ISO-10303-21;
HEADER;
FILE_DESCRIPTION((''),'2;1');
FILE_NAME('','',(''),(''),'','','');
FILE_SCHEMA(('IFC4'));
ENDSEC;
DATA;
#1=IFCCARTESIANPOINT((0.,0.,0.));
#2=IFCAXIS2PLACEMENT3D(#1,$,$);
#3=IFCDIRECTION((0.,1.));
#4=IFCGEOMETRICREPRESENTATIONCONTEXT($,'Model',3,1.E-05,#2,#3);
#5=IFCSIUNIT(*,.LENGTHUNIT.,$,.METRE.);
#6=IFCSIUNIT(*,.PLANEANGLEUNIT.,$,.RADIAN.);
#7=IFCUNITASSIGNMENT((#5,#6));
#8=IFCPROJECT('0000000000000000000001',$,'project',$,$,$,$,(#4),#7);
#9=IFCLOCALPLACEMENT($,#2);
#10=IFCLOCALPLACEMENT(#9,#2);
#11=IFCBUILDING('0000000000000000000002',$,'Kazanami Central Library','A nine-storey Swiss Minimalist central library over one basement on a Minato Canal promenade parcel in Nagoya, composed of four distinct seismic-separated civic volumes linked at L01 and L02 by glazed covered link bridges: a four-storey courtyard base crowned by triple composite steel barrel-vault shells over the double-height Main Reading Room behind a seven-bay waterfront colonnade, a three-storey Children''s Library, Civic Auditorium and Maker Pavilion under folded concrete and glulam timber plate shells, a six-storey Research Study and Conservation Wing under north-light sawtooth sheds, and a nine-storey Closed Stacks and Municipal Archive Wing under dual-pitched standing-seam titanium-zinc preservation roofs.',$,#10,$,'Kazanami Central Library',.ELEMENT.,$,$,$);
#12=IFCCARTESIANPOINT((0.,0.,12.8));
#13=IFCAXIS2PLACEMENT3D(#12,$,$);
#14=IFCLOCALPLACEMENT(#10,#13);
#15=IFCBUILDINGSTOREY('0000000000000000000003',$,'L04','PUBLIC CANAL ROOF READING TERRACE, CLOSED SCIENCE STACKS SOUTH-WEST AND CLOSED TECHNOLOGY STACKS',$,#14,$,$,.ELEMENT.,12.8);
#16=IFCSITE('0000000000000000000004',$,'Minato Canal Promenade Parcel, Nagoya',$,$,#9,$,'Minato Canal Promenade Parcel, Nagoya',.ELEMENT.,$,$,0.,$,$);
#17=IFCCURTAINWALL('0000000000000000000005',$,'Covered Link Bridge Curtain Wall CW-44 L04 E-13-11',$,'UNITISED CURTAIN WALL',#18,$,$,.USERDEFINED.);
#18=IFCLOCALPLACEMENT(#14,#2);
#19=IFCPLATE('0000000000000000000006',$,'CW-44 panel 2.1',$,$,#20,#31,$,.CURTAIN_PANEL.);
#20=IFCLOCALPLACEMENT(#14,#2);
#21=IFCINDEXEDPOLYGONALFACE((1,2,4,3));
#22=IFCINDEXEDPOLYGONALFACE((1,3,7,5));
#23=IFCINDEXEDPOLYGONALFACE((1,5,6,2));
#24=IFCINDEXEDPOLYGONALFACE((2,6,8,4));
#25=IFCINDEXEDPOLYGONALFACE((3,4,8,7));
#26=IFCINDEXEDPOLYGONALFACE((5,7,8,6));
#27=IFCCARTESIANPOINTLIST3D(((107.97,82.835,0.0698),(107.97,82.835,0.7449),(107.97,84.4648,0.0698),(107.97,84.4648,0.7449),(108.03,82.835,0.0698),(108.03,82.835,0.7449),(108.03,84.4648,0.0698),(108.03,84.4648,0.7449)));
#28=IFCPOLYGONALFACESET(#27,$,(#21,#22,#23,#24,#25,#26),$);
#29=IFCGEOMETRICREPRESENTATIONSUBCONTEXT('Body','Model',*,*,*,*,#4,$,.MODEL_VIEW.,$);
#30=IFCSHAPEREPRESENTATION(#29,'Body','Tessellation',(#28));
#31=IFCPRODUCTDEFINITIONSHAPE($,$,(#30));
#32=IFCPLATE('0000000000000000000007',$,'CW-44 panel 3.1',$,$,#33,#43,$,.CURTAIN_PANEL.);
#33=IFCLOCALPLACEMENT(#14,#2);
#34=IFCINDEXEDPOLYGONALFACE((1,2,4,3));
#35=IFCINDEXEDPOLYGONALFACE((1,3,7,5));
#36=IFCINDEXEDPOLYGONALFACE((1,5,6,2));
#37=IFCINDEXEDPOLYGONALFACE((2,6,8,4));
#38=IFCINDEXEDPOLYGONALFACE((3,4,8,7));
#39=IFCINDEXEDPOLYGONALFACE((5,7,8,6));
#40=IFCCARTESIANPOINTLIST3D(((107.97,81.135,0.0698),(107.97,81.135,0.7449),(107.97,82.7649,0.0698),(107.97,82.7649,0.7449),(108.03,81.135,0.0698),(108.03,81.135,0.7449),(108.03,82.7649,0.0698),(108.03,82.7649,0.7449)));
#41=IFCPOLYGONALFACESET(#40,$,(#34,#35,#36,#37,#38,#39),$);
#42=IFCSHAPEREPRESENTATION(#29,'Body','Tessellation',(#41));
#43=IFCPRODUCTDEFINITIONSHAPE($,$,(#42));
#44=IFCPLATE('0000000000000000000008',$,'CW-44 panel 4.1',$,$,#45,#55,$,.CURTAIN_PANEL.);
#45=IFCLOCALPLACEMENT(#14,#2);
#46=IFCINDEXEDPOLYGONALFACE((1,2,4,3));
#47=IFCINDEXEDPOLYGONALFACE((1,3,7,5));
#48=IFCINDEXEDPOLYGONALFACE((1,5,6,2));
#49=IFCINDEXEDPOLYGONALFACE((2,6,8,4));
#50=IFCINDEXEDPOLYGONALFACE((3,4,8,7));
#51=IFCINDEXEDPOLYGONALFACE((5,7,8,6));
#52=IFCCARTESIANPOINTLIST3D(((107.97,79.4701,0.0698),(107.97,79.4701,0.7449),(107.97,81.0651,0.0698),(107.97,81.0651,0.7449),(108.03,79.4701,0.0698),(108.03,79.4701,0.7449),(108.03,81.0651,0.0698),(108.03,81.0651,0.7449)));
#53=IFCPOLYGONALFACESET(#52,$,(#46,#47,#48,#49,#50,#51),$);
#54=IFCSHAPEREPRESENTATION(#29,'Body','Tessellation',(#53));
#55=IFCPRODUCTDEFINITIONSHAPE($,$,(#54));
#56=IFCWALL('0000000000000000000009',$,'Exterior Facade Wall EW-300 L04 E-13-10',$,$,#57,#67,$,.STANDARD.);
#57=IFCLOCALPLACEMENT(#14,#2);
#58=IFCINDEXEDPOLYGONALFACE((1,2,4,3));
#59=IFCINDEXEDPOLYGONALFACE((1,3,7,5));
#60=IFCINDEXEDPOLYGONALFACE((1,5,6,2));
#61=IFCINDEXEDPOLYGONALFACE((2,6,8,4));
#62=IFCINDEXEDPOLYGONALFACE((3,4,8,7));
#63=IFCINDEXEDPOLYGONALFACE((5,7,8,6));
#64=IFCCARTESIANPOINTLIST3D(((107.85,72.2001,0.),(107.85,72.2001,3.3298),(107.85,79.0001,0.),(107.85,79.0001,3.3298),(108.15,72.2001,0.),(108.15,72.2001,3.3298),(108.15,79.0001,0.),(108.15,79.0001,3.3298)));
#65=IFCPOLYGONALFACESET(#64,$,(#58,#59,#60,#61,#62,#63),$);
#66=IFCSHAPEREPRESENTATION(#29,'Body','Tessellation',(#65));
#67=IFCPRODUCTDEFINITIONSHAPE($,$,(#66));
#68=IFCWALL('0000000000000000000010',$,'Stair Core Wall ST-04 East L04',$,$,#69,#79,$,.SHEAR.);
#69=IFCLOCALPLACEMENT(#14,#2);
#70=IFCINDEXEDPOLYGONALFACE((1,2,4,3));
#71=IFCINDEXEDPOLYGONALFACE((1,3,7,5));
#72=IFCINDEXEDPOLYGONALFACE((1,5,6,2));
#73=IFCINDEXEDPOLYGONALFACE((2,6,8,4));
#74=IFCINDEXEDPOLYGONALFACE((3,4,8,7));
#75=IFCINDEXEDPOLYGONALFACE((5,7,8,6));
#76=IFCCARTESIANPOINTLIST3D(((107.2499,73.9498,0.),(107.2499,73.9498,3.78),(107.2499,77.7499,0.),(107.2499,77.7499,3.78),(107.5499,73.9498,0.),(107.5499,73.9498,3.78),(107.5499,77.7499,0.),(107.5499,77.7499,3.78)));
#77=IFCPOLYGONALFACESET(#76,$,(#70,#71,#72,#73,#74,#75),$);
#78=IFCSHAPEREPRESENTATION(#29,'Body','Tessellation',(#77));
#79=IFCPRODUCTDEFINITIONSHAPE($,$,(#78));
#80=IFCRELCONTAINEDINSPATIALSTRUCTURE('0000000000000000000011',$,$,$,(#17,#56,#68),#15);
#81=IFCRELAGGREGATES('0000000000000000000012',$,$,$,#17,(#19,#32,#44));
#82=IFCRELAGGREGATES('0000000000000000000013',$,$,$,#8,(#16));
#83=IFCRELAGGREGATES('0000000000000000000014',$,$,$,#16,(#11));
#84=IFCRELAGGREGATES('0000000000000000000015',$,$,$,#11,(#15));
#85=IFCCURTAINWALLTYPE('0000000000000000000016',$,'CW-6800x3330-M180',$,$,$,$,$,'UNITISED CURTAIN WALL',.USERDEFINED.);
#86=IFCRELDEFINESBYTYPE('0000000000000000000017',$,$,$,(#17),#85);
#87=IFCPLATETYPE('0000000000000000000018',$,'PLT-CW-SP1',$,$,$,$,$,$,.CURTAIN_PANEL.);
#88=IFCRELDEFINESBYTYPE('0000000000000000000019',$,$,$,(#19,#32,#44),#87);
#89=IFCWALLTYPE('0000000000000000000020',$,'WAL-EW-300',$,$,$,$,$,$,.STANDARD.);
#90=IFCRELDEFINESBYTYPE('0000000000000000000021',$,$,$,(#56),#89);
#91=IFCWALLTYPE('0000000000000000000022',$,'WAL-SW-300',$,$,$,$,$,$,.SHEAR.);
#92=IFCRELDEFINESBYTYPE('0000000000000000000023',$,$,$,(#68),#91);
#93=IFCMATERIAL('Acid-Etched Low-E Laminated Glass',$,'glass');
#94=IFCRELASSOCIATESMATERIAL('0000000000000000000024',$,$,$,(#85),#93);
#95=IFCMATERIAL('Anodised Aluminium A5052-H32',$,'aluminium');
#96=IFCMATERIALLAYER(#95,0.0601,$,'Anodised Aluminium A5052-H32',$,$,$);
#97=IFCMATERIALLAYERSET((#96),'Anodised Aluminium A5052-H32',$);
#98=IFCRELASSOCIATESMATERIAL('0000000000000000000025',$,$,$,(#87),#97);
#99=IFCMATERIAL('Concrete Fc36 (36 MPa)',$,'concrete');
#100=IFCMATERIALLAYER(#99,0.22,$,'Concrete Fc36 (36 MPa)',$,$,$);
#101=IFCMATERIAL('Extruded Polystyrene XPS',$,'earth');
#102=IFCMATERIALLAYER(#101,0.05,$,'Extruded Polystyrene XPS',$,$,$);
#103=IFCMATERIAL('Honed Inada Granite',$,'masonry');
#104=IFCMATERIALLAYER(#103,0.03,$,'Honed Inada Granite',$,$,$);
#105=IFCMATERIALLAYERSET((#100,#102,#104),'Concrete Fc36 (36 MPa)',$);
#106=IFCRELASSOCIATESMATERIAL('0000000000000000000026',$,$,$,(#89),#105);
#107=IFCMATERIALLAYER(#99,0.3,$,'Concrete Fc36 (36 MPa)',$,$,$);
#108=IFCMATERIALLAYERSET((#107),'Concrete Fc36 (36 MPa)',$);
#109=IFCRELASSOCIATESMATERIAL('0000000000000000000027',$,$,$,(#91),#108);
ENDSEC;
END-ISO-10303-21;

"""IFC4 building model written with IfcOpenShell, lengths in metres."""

from ifc_helpers import new_model, si_unit, direction, frame, frame_2d, origin, origin_2d, place, context, subcontext, project, spatial, rectangle, extrude, material, layer, layer_set, type_object, element, aggregate, save


model = new_model("IFC4")

# Units and contexts
model_context = context("Model", 3, precision=1e-05, world=origin(), true_north=direction((0.0, 1.0)))
body_context = subcontext(model_context, "Body", "Model", "MODEL_VIEW")
ifc_project = project(units=[si_unit("LENGTHUNIT", "METRE"), si_unit("PLANEANGLEUNIT", "RADIAN")], contexts=[model_context])

# Site, building, storey
site_placement = place(None, origin())
site = spatial("IfcSite", under=ifc_project, at=site_placement, Name="Minato Canal Promenade Parcel, Nagoya", LongName="Minato Canal Promenade Parcel, Nagoya", CompositionType="ELEMENT", RefElevation=0.0)
building_placement = place(site_placement, origin())
building = spatial("IfcBuilding", under=site, at=building_placement, Name="Kazanami Central Library", Description="A nine-storey Swiss Minimalist central library over one basement on a Minato Canal promenade parcel in Nagoya, composed of four distinct seismic-separated civic volumes linked at L01 and L02 by glazed covered link bridges: a four-storey courtyard base crowned by triple composite steel barrel-vault shells over the double-height Main Reading Room behind a seven-bay waterfront colonnade, a three-storey Children's Library, Civic Auditorium and Maker Pavilion under folded concrete and glulam timber plate shells, a six-storey Research Study and Conservation Wing under north-light sawtooth sheds, and a nine-storey Closed Stacks and Municipal Archive Wing under dual-pitched standing-seam titanium-zinc preservation roofs.", LongName="Kazanami Central Library", CompositionType="ELEMENT")
storey_placement = place(building_placement, frame((0.0, 0.0, 12.8)))
storey = spatial("IfcBuildingStorey", under=building, at=storey_placement, Name="L04", Description="PUBLIC CANAL ROOF READING TERRACE, CLOSED SCIENCE STACKS SOUTH-WEST AND CLOSED TECHNOLOGY STACKS", CompositionType="ELEMENT", Elevation=12.8)

# Curtain wall
ifc_material_1 = material(Name="Acid-Etched Low-E Laminated Glass", Category="glass")
curtain_wall_type = type_object("IfcCurtainWallType", Name="CW-6800x3330-M180", ElementType="UNITISED CURTAIN WALL", PredefinedType="USERDEFINED", material=ifc_material_1)
curtain_wall_placement = place(storey_placement, origin())
curtain_wall = element("IfcCurtainWall", 1, at=curtain_wall_placement, inside=storey, type_object=curtain_wall_type, Name="Covered Link Bridge Curtain Wall CW-44 L04 E-13-11", ObjectType="UNITISED CURTAIN WALL", PredefinedType="USERDEFINED")

# Plates
ifc_material_2 = material(Name="Anodised Aluminium A5052-H32", Category="aluminium")
ifc_layer_1 = layer(ifc_material_2, 0.0601, Name="Anodised Aluminium A5052-H32")
ifc_layer_set_1 = layer_set([ifc_layer_1], Name="Anodised Aluminium A5052-H32")
plate_type_1 = type_object("IfcPlateType", Name="PLT-CW-SP1", PredefinedType="CURTAIN_PANEL", material=ifc_layer_set_1)
plate_1_placement = place(storey_placement, frame((108.0, 83.6499, 0.0698), z_axis=(0.0, 0.0, 1.0), x_axis=(0.0, -1.0, 0.0)))
plate_1 = element("IfcPlate", 2, at=plate_1_placement, type_object=plate_type_1, Name="CW-44 panel 2.1", PredefinedType="CURTAIN_PANEL", context=body_context, shape_type="SweptSolid", body=[
    extrude(rectangle(XDim=1.6299, YDim=0.0601, at=origin_2d()), origin(), (0.0, 0.0, 1.0), 0.675),
])
plate_2_placement = place(storey_placement, frame((108.0, 81.95, 0.0698), z_axis=(0.0, 0.0, 1.0), x_axis=(0.0, -1.0, 0.0)))
plate_2 = element("IfcPlate", 3, at=plate_2_placement, type_object=plate_type_1, Name="CW-44 panel 3.1", PredefinedType="CURTAIN_PANEL", context=body_context, shape_type="SweptSolid", body=[
    extrude(rectangle(XDim=1.6299, YDim=0.0601, at=origin_2d()), origin(), (0.0, 0.0, 1.0), 0.675),
])
plate_3_placement = place(storey_placement, frame((108.0, 80.2676, 0.0698), z_axis=(0.0, 0.0, 1.0), x_axis=(0.0, -1.0, 0.0)))
plate_3 = element("IfcPlate", 4, at=plate_3_placement, type_object=plate_type_1, Name="CW-44 panel 4.1", PredefinedType="CURTAIN_PANEL", context=body_context, shape_type="SweptSolid", body=[
    extrude(rectangle(XDim=1.595, YDim=0.0601, at=origin_2d()), origin(), (0.0, 0.0, 1.0), 0.675),
])
aggregate(curtain_wall, [plate_1, plate_2, plate_3])

# Walls
ifc_material_3 = material(Name="Concrete Fc36 (36 MPa)", Category="concrete")
ifc_layer_2 = layer(ifc_material_3, 0.22, Name="Concrete Fc36 (36 MPa)")
ifc_material_4 = material(Name="Extruded Polystyrene XPS", Category="earth")
ifc_layer_3 = layer(ifc_material_4, 0.05, Name="Extruded Polystyrene XPS")
ifc_material_5 = material(Name="Honed Inada Granite", Category="masonry")
ifc_layer_4 = layer(ifc_material_5, 0.03, Name="Honed Inada Granite")
ifc_layer_set_2 = layer_set([ifc_layer_2, ifc_layer_3, ifc_layer_4], Name="Concrete Fc36 (36 MPa)")
wall_type_1 = type_object("IfcWallType", Name="WAL-EW-300", PredefinedType="STANDARD", material=ifc_layer_set_2)
wall_1_placement = place(storey_placement, frame((108.0, 79.0, 0.0), z_axis=(0.0, 0.0, 1.0), x_axis=(0.0, -1.0, 0.0)))
element("IfcWall", 5, at=wall_1_placement, inside=storey, type_object=wall_type_1, Name="Exterior Facade Wall EW-300 L04 E-13-10", PredefinedType="STANDARD", context=body_context, shape_type="SweptSolid", body=[
    extrude(rectangle(XDim=6.8, YDim=0.3, at=frame_2d((3.3999, 0.0))), origin(), (0.0, 0.0, 1.0), 3.3298),
])
ifc_layer_5 = layer(ifc_material_3, 0.3, Name="Concrete Fc36 (36 MPa)")
ifc_layer_set_3 = layer_set([ifc_layer_5], Name="Concrete Fc36 (36 MPa)")
wall_type_2 = type_object("IfcWallType", Name="WAL-SW-300", PredefinedType="SHEAR", material=ifc_layer_set_3)
wall_2_placement = place(storey_placement, frame((107.3999, 73.95, 0.0), z_axis=(0.0, 0.0, 1.0), x_axis=(0.0, 1.0, 0.0)))
element("IfcWall", 6, at=wall_2_placement, inside=storey, type_object=wall_type_2, Name="Stair Core Wall ST-04 East L04", PredefinedType="SHEAR", context=body_context, shape_type="SweptSolid", body=[
    extrude(rectangle(XDim=3.8, YDim=0.3, at=frame_2d((1.8999, 0.0))), origin(), (0.0, 0.0, 1.0), 3.78),
])

save(model, "model.ifc")
